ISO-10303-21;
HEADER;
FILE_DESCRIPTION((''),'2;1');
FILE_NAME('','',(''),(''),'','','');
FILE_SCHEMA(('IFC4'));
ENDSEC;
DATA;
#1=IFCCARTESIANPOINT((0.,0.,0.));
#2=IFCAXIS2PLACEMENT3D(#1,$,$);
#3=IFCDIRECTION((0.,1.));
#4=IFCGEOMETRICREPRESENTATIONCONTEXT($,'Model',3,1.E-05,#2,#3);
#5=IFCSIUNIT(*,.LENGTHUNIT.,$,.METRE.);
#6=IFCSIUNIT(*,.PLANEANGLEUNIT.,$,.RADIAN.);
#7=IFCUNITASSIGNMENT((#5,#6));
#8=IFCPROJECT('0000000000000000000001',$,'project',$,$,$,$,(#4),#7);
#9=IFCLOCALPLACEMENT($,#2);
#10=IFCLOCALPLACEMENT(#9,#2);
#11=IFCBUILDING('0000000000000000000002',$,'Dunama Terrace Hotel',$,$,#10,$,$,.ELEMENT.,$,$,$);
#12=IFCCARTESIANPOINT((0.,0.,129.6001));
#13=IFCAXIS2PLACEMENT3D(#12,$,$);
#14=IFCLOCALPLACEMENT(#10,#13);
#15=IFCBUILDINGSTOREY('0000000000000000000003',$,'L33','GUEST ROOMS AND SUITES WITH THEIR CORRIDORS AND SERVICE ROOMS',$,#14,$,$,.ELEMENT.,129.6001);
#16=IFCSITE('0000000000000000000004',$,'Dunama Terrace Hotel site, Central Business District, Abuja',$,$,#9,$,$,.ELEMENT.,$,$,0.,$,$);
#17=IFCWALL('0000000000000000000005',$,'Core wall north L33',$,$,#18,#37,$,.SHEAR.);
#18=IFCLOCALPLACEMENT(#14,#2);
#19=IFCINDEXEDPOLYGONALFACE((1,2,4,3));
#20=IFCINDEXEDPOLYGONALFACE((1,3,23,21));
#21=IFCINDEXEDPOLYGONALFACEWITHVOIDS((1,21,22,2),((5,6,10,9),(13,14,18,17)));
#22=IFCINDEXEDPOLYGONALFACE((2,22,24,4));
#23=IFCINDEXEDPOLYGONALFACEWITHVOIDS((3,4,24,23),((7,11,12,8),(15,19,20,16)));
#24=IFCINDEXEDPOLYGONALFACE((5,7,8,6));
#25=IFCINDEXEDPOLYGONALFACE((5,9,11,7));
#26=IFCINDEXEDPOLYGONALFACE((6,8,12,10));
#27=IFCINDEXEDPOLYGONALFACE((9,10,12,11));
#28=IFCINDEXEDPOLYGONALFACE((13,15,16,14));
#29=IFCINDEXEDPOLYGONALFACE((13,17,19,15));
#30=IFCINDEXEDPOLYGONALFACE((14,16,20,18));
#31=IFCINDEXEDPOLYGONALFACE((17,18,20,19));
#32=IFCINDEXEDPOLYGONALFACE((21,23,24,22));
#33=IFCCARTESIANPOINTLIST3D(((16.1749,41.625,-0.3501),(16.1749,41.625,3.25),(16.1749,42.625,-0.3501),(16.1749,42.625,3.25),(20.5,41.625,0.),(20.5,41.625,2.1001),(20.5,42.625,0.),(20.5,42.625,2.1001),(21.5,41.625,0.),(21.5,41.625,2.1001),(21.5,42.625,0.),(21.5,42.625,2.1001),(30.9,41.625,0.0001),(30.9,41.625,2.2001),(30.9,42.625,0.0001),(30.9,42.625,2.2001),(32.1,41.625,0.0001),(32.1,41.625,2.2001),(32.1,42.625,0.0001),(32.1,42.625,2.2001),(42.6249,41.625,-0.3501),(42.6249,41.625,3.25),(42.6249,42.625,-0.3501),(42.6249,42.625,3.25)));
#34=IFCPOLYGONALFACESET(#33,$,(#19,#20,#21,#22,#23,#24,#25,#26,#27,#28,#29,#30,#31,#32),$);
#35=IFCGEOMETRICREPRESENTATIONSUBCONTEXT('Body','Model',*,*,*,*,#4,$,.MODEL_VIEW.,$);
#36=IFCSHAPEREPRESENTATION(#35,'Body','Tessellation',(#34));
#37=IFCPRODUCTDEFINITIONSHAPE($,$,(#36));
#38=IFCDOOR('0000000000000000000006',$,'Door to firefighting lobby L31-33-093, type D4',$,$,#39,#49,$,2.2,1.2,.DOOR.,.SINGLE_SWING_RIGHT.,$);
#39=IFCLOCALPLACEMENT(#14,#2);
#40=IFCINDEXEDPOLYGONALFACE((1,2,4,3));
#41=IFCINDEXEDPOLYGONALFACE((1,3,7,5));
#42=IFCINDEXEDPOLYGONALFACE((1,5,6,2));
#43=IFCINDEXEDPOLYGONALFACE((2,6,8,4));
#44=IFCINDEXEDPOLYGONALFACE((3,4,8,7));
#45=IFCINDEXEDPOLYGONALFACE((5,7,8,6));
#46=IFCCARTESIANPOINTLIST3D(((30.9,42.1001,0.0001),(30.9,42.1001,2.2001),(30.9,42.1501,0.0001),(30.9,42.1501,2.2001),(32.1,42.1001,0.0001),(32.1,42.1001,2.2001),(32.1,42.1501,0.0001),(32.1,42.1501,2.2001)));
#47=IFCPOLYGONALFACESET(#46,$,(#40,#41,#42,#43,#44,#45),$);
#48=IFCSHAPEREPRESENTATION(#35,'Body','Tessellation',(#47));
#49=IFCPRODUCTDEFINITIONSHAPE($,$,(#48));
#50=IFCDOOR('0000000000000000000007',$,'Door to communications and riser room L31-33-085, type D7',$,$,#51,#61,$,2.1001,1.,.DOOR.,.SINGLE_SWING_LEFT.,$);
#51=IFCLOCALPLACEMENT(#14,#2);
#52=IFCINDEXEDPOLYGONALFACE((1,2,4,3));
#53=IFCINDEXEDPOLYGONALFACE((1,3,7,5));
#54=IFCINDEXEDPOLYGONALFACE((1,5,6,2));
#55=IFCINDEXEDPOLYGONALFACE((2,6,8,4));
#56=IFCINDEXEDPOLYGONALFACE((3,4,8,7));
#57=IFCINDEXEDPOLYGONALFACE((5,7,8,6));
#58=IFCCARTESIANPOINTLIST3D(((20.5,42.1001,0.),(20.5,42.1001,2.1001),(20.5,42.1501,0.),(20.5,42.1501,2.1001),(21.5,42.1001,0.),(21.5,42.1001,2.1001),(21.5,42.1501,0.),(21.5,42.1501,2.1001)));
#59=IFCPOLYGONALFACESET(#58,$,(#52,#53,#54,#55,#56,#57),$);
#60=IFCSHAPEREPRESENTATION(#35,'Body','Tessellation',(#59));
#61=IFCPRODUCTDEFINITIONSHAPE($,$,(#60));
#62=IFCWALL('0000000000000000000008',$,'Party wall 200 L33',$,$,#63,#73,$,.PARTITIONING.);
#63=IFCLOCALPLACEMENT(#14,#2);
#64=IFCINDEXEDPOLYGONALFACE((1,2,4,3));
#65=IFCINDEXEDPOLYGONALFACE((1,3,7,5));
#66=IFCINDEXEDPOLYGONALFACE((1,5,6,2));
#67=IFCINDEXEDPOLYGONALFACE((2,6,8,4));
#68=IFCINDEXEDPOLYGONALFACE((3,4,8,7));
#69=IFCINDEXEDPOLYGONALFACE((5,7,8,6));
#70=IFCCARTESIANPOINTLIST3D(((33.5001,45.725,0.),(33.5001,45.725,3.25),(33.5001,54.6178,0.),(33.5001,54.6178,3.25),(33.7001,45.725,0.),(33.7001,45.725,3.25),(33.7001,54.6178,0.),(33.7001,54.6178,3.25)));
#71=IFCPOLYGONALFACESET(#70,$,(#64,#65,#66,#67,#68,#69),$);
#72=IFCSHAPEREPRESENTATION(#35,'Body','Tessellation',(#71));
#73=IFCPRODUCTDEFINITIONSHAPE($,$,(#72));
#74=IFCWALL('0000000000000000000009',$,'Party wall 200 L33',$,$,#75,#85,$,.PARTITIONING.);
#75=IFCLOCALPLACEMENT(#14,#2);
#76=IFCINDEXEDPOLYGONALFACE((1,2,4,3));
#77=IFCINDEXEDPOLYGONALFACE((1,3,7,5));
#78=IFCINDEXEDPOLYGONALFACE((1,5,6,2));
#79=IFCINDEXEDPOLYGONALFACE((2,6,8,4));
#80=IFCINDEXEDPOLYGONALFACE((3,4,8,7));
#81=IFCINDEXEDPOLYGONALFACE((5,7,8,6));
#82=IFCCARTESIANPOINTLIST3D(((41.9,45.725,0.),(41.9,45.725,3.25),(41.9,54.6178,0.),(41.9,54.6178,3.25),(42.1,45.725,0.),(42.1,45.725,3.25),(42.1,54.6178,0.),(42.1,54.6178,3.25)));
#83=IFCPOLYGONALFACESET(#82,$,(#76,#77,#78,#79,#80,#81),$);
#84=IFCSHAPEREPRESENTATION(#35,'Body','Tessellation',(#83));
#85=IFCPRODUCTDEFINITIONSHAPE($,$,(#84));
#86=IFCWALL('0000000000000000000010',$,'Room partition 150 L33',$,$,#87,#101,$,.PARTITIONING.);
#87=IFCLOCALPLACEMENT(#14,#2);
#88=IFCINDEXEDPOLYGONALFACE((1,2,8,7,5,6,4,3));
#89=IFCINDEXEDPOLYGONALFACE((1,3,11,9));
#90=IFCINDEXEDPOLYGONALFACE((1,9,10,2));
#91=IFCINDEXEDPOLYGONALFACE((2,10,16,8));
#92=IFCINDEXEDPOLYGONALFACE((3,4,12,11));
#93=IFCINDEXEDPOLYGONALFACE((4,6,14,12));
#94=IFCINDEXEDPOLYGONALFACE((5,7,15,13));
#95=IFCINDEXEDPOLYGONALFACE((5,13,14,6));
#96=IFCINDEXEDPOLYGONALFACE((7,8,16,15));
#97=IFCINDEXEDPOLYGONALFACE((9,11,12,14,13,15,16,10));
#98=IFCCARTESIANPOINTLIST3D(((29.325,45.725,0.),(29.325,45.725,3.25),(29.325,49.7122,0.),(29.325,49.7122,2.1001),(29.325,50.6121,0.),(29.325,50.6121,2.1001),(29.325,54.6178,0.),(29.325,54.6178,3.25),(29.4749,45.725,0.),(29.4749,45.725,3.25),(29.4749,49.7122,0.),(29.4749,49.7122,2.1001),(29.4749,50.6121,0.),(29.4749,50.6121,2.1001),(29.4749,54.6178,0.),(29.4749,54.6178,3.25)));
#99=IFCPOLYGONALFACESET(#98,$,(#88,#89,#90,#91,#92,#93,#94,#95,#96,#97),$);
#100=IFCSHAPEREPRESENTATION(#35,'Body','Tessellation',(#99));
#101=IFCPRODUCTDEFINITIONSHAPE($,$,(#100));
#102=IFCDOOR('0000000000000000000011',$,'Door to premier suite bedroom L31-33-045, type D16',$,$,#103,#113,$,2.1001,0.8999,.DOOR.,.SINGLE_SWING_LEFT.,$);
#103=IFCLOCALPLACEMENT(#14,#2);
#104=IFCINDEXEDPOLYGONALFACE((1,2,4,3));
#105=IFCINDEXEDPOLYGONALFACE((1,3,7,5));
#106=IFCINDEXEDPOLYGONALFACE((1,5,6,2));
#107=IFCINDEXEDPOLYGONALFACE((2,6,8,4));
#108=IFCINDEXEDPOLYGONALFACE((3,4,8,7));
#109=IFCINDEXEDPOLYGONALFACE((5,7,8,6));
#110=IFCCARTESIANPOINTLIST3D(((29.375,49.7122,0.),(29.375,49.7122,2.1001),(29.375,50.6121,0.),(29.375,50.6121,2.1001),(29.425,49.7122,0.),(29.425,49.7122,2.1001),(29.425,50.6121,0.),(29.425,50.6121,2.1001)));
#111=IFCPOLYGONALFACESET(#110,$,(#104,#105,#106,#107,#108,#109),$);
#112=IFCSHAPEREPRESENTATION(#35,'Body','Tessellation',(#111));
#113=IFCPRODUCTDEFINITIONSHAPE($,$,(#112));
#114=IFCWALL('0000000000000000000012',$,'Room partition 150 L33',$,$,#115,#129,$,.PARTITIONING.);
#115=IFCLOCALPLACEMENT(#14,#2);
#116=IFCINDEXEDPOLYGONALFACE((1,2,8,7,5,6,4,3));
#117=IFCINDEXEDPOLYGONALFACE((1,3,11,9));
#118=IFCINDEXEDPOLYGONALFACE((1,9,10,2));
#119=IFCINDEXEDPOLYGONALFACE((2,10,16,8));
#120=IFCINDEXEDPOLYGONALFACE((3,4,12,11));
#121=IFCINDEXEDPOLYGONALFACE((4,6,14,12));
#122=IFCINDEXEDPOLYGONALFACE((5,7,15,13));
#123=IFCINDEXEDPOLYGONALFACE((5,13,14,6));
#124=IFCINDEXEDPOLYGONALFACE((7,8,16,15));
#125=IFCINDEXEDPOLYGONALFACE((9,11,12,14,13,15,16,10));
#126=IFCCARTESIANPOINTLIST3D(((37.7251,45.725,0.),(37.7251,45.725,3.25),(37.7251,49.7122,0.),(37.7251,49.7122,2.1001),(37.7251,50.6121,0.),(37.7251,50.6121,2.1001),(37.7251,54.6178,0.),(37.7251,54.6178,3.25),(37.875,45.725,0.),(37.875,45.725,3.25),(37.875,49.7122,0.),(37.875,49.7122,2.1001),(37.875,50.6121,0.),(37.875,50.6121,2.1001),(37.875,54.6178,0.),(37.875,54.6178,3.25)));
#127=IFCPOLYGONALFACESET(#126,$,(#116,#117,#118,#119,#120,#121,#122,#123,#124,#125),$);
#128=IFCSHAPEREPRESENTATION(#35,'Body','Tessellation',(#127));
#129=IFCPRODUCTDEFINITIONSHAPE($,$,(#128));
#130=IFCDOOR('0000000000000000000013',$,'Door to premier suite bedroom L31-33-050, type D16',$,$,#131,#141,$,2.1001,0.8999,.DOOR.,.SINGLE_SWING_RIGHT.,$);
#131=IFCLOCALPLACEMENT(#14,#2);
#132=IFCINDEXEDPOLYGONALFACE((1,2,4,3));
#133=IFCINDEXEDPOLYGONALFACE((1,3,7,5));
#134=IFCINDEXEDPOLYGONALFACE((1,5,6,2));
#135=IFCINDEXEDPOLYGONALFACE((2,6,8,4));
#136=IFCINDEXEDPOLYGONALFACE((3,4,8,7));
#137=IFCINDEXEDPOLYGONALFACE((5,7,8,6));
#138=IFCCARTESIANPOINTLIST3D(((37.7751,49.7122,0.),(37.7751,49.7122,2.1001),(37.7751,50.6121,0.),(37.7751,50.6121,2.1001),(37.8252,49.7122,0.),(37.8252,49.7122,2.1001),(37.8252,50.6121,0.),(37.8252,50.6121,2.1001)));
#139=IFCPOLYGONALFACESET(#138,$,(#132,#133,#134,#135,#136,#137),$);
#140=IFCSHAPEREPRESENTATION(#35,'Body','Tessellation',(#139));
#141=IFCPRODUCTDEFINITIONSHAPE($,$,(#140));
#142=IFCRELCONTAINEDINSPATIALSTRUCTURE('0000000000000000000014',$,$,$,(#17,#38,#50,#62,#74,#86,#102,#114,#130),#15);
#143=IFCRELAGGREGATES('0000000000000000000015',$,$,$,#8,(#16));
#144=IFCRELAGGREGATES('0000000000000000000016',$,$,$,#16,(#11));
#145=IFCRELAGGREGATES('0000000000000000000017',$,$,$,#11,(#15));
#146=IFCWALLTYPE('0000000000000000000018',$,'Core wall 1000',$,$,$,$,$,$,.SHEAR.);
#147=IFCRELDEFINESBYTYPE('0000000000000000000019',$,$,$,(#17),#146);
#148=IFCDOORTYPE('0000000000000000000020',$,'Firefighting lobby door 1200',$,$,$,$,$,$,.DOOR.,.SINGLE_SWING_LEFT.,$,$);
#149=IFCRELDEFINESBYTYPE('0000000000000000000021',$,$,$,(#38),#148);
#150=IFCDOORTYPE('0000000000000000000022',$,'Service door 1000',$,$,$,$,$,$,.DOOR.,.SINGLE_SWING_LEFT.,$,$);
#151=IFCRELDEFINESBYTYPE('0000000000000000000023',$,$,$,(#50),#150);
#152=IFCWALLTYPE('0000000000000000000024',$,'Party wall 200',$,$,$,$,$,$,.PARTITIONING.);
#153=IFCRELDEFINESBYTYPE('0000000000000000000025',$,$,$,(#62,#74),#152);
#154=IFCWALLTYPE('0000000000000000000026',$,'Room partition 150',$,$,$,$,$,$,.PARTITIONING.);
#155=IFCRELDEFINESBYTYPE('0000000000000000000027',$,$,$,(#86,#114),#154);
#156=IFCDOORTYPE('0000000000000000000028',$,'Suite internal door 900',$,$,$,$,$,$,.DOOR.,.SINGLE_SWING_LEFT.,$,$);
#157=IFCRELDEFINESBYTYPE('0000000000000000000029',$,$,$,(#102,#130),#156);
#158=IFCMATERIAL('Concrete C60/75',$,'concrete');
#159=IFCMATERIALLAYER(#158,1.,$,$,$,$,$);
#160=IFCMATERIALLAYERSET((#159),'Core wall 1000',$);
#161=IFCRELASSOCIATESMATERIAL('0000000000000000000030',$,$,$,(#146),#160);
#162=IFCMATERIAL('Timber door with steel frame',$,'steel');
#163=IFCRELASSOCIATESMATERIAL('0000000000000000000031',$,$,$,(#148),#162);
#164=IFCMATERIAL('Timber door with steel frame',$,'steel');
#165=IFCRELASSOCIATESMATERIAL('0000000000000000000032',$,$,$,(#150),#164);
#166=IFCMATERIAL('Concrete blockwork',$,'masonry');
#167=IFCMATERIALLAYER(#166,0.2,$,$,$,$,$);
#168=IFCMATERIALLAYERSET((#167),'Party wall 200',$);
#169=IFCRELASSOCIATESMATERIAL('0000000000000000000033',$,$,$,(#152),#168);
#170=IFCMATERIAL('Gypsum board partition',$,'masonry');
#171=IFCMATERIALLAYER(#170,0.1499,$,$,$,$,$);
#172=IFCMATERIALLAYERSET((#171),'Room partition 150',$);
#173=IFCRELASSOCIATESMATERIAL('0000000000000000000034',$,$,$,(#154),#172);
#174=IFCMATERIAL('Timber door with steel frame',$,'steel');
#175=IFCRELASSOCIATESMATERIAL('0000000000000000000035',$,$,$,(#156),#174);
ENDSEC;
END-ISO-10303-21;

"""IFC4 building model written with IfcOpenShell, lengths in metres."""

from ifc_helpers import new_model, si_unit, direction, frame, frame_2d, origin, place, context, subcontext, project, spatial, rectangle, extrude, material, layer, layer_set, type_object, element, fill, save


model = new_model("IFC4")

# Units and contexts
model_context = context("Model", 3, precision=1e-05, world=origin(), true_north=direction((0.0, 1.0)))
body_context = subcontext(model_context, "Body", "Model", "MODEL_VIEW")
ifc_project = project(units=[si_unit("LENGTHUNIT", "METRE"), si_unit("PLANEANGLEUNIT", "RADIAN")], contexts=[model_context])

# Site, building, storey
site_placement = place(None, origin())
site = spatial("IfcSite", under=ifc_project, at=site_placement, Name="Dunama Terrace Hotel site, Central Business District, Abuja", CompositionType="ELEMENT", RefElevation=0.0)
building_placement = place(site_placement, origin())
building = spatial("IfcBuilding", under=site, at=building_placement, Name="Dunama Terrace Hotel", CompositionType="ELEMENT")
storey_placement = place(building_placement, frame((0.0, 0.0, 129.6001)))
storey = spatial("IfcBuildingStorey", under=building, at=storey_placement, Name="L33", Description="GUEST ROOMS AND SUITES WITH THEIR CORRIDORS AND SERVICE ROOMS", CompositionType="ELEMENT", Elevation=129.6001)

# Wall, openings, doors
ifc_material_1 = material(Name="Concrete C60/75", Category="concrete")
ifc_layer_1 = layer(ifc_material_1, 1.0)
ifc_layer_set_1 = layer_set([ifc_layer_1], Name="Core wall 1000")
wall_type_1 = type_object("IfcWallType", Name="Core wall 1000", PredefinedType="SHEAR", material=ifc_layer_set_1)
wall_1_placement = place(storey_placement, frame((42.625, 42.125, -0.3501), z_axis=(0.0, 0.0, 1.0), x_axis=(-1.0, 0.0, 0.0)))
wall_1 = element("IfcWall", 1, at=wall_1_placement, inside=storey, type_object=wall_type_1, Name="Core wall north L33", PredefinedType="SHEAR", context=body_context, shape_type="SweptSolid", body=[
    extrude(rectangle(XDim=26.45, YDim=1.0, at=frame_2d((13.2251, 0.0))), origin(), (0.0, 0.0, 1.0), 3.6001),
])
opening_1_placement = place(wall_1_placement, frame((21.125, 0.0, 0.3501)))
opening_1 = element("IfcOpeningElement", 2, at=opening_1_placement, cuts=wall_1, PredefinedType="OPENING", context=body_context, shape_type="SweptSolid", body=[
    extrude(rectangle(XDim=1.0, YDim=2.1001, at=frame_2d((0.5, 1.05))), frame((0.0, 0.51, 0.0), z_axis=(0.0, -1.0, 0.0), x_axis=(1.0, 0.0, 0.0)), (0.0, 0.0, 1.0), 1.02),
])
opening_2_placement = place(wall_1_placement, frame((10.5249, 0.0, 0.3501)))
opening_2 = element("IfcOpeningElement", 3, at=opening_2_placement, cuts=wall_1, PredefinedType="OPENING", context=body_context, shape_type="SweptSolid", body=[
    extrude(rectangle(XDim=1.2, YDim=2.2, at=frame_2d((0.6001, 1.1001))), frame((0.0, 0.51, 0.0), z_axis=(0.0, -1.0, 0.0), x_axis=(1.0, 0.0, 0.0)), (0.0, 0.0, 1.0), 1.02),
])
ifc_material_2 = material(Name="Timber door with steel frame", Category="steel")
door_type_1 = type_object("IfcDoorType", Name="Firefighting lobby door 1200", OperationType="SINGLE_SWING_LEFT", PredefinedType="DOOR", material=ifc_material_2)
door_1_placement = place(opening_2_placement, origin())
door_1 = element("IfcDoor", 4, at=door_1_placement, inside=storey, type_object=door_type_1, Name="Door to firefighting lobby L31-33-093, type D4", OperationType="SINGLE_SWING_RIGHT", OverallHeight=2.2, OverallWidth=1.2, PredefinedType="DOOR", context=body_context, shape_type="SweptSolid", body=[
    extrude(rectangle(XDim=1.2, YDim=2.2, at=frame_2d((0.6001, 1.1001))), frame((0.0, 0.0249, 0.0), z_axis=(0.0, -1.0, 0.0), x_axis=(1.0, 0.0, 0.0)), (0.0, 0.0, 1.0), 0.05),
])
fill(opening_2, door_1)
ifc_material_3 = material(Name="Timber door with steel frame", Category="steel")
door_type_2 = type_object("IfcDoorType", Name="Service door 1000", OperationType="SINGLE_SWING_LEFT", PredefinedType="DOOR", material=ifc_material_3)
door_2_placement = place(opening_1_placement, origin())
door_2 = element("IfcDoor", 5, at=door_2_placement, inside=storey, type_object=door_type_2, Name="Door to communications and riser room L31-33-085, type D7", OperationType="SINGLE_SWING_LEFT", OverallHeight=2.1001, OverallWidth=1.0, PredefinedType="DOOR", context=body_context, shape_type="SweptSolid", body=[
    extrude(rectangle(XDim=1.0, YDim=2.1001, at=frame_2d((0.5, 1.05))), frame((0.0, 0.0249, 0.0), z_axis=(0.0, -1.0, 0.0), x_axis=(1.0, 0.0, 0.0)), (0.0, 0.0, 1.0), 0.05),
])
fill(opening_1, door_2)

# Walls
ifc_material_4 = material(Name="Concrete blockwork", Category="masonry")
ifc_layer_2 = layer(ifc_material_4, 0.2)
ifc_layer_set_2 = layer_set([ifc_layer_2], Name="Party wall 200")
wall_type_2 = type_object("IfcWallType", Name="Party wall 200", PredefinedType="PARTITIONING", material=ifc_layer_set_2)
for number, where, z_axis, x_axis, name in (
    (6, (33.6001, 45.7251, 0.0), (0.0, 0.0, 1.0), (0.0, 1.0, 0.0), "Party wall 200 L33"),
    (7, (42.0, 45.7251, 0.0), (0.0, 0.0, 1.0), (0.0, 1.0, 0.0), "Party wall 200 L33"),
):
    element("IfcWall", number, at=place(storey_placement, frame(where, z_axis=z_axis, x_axis=x_axis)), inside=storey, type_object=wall_type_2, Name=name, PredefinedType="PARTITIONING", context=body_context, shape_type="SweptSolid", body=[
        extrude(rectangle(XDim=8.8928, YDim=0.2, at=frame_2d((4.4463, 0.0))), origin(), (0.0, 0.0, 1.0), 3.25),
    ])

# Walls, openings, doors
ifc_material_5 = material(Name="Gypsum board partition", Category="masonry")
ifc_layer_3 = layer(ifc_material_5, 0.1499)
ifc_layer_set_3 = layer_set([ifc_layer_3], Name="Room partition 150")
wall_type_3 = type_object("IfcWallType", Name="Room partition 150", PredefinedType="PARTITIONING", material=ifc_layer_set_3)
wall_2_placement = place(storey_placement, frame((29.3999, 45.7251, 0.0), z_axis=(0.0, 0.0, 1.0), x_axis=(0.0, 1.0, 0.0)))
wall_2 = element("IfcWall", 8, at=wall_2_placement, inside=storey, type_object=wall_type_3, Name="Room partition 150 L33", PredefinedType="PARTITIONING", context=body_context, shape_type="SweptSolid", body=[
    extrude(rectangle(XDim=8.8928, YDim=0.1499, at=frame_2d((4.4463, 0.0))), origin(), (0.0, 0.0, 1.0), 3.25),
])
opening_3_placement = place(wall_2_placement, frame((3.9871, 0.0, 0.0)))
opening_3 = element("IfcOpeningElement", 9, at=opening_3_placement, cuts=wall_2, PredefinedType="OPENING", context=body_context, shape_type="SweptSolid", body=[
    extrude(rectangle(XDim=0.8999, YDim=2.1001, at=frame_2d((0.45, 1.05))), frame((0.0, 0.085, 0.0), z_axis=(0.0, -1.0, 0.0), x_axis=(1.0, 0.0, 0.0)), (0.0, 0.0, 1.0), 0.1699),
])
ifc_material_6 = material(Name="Timber door with steel frame", Category="steel")
door_type_3 = type_object("IfcDoorType", Name="Suite internal door 900", OperationType="SINGLE_SWING_LEFT", PredefinedType="DOOR", material=ifc_material_6)
door_3_placement = place(opening_3_placement, origin())
door_3 = element("IfcDoor", 10, at=door_3_placement, inside=storey, type_object=door_type_3, Name="Door to premier suite bedroom L31-33-045, type D16", OperationType="SINGLE_SWING_LEFT", OverallHeight=2.1001, OverallWidth=0.8999, PredefinedType="DOOR", context=body_context, shape_type="SweptSolid", body=[
    extrude(rectangle(XDim=0.8999, YDim=2.1001, at=frame_2d((0.45, 1.05))), frame((0.0, 0.0249, 0.0), z_axis=(0.0, -1.0, 0.0), x_axis=(1.0, 0.0, 0.0)), (0.0, 0.0, 1.0), 0.05),
])
fill(opening_3, door_3)
wall_3_placement = place(storey_placement, frame((37.8, 45.7251, 0.0), z_axis=(0.0, 0.0, 1.0), x_axis=(0.0, 1.0, 0.0)))
wall_3 = element("IfcWall", 11, at=wall_3_placement, inside=storey, type_object=wall_type_3, Name="Room partition 150 L33", PredefinedType="PARTITIONING", context=body_context, shape_type="SweptSolid", body=[
    extrude(rectangle(XDim=8.8928, YDim=0.1499, at=frame_2d((4.4463, 0.0))), origin(), (0.0, 0.0, 1.0), 3.25),
])
opening_4_placement = place(wall_3_placement, frame((3.9871, 0.0, 0.0)))
opening_4 = element("IfcOpeningElement", 12, at=opening_4_placement, cuts=wall_3, PredefinedType="OPENING", context=body_context, shape_type="SweptSolid", body=[
    extrude(rectangle(XDim=0.8999, YDim=2.1001, at=frame_2d((0.45, 1.05))), frame((0.0, 0.085, 0.0), z_axis=(0.0, -1.0, 0.0), x_axis=(1.0, 0.0, 0.0)), (0.0, 0.0, 1.0), 0.1699),
])
door_4_placement = place(opening_4_placement, frame((0.8999, 0.0, 0.0), z_axis=(0.0, 0.0, 1.0), x_axis=(-1.0, 0.0, 0.0)))
door_4 = element("IfcDoor", 13, at=door_4_placement, inside=storey, type_object=door_type_3, Name="Door to premier suite bedroom L31-33-050, type D16", OperationType="SINGLE_SWING_RIGHT", OverallHeight=2.1001, OverallWidth=0.8999, PredefinedType="DOOR", context=body_context, shape_type="SweptSolid", body=[
    extrude(rectangle(XDim=0.8999, YDim=2.1001, at=frame_2d((0.45, 1.05))), frame((0.0, 0.0251, 0.0), z_axis=(0.0, -1.0, 0.0), x_axis=(1.0, 0.0, 0.0)), (0.0, 0.0, 1.0), 0.05),
])
fill(opening_4, door_4)

save(model, "model.ifc")
